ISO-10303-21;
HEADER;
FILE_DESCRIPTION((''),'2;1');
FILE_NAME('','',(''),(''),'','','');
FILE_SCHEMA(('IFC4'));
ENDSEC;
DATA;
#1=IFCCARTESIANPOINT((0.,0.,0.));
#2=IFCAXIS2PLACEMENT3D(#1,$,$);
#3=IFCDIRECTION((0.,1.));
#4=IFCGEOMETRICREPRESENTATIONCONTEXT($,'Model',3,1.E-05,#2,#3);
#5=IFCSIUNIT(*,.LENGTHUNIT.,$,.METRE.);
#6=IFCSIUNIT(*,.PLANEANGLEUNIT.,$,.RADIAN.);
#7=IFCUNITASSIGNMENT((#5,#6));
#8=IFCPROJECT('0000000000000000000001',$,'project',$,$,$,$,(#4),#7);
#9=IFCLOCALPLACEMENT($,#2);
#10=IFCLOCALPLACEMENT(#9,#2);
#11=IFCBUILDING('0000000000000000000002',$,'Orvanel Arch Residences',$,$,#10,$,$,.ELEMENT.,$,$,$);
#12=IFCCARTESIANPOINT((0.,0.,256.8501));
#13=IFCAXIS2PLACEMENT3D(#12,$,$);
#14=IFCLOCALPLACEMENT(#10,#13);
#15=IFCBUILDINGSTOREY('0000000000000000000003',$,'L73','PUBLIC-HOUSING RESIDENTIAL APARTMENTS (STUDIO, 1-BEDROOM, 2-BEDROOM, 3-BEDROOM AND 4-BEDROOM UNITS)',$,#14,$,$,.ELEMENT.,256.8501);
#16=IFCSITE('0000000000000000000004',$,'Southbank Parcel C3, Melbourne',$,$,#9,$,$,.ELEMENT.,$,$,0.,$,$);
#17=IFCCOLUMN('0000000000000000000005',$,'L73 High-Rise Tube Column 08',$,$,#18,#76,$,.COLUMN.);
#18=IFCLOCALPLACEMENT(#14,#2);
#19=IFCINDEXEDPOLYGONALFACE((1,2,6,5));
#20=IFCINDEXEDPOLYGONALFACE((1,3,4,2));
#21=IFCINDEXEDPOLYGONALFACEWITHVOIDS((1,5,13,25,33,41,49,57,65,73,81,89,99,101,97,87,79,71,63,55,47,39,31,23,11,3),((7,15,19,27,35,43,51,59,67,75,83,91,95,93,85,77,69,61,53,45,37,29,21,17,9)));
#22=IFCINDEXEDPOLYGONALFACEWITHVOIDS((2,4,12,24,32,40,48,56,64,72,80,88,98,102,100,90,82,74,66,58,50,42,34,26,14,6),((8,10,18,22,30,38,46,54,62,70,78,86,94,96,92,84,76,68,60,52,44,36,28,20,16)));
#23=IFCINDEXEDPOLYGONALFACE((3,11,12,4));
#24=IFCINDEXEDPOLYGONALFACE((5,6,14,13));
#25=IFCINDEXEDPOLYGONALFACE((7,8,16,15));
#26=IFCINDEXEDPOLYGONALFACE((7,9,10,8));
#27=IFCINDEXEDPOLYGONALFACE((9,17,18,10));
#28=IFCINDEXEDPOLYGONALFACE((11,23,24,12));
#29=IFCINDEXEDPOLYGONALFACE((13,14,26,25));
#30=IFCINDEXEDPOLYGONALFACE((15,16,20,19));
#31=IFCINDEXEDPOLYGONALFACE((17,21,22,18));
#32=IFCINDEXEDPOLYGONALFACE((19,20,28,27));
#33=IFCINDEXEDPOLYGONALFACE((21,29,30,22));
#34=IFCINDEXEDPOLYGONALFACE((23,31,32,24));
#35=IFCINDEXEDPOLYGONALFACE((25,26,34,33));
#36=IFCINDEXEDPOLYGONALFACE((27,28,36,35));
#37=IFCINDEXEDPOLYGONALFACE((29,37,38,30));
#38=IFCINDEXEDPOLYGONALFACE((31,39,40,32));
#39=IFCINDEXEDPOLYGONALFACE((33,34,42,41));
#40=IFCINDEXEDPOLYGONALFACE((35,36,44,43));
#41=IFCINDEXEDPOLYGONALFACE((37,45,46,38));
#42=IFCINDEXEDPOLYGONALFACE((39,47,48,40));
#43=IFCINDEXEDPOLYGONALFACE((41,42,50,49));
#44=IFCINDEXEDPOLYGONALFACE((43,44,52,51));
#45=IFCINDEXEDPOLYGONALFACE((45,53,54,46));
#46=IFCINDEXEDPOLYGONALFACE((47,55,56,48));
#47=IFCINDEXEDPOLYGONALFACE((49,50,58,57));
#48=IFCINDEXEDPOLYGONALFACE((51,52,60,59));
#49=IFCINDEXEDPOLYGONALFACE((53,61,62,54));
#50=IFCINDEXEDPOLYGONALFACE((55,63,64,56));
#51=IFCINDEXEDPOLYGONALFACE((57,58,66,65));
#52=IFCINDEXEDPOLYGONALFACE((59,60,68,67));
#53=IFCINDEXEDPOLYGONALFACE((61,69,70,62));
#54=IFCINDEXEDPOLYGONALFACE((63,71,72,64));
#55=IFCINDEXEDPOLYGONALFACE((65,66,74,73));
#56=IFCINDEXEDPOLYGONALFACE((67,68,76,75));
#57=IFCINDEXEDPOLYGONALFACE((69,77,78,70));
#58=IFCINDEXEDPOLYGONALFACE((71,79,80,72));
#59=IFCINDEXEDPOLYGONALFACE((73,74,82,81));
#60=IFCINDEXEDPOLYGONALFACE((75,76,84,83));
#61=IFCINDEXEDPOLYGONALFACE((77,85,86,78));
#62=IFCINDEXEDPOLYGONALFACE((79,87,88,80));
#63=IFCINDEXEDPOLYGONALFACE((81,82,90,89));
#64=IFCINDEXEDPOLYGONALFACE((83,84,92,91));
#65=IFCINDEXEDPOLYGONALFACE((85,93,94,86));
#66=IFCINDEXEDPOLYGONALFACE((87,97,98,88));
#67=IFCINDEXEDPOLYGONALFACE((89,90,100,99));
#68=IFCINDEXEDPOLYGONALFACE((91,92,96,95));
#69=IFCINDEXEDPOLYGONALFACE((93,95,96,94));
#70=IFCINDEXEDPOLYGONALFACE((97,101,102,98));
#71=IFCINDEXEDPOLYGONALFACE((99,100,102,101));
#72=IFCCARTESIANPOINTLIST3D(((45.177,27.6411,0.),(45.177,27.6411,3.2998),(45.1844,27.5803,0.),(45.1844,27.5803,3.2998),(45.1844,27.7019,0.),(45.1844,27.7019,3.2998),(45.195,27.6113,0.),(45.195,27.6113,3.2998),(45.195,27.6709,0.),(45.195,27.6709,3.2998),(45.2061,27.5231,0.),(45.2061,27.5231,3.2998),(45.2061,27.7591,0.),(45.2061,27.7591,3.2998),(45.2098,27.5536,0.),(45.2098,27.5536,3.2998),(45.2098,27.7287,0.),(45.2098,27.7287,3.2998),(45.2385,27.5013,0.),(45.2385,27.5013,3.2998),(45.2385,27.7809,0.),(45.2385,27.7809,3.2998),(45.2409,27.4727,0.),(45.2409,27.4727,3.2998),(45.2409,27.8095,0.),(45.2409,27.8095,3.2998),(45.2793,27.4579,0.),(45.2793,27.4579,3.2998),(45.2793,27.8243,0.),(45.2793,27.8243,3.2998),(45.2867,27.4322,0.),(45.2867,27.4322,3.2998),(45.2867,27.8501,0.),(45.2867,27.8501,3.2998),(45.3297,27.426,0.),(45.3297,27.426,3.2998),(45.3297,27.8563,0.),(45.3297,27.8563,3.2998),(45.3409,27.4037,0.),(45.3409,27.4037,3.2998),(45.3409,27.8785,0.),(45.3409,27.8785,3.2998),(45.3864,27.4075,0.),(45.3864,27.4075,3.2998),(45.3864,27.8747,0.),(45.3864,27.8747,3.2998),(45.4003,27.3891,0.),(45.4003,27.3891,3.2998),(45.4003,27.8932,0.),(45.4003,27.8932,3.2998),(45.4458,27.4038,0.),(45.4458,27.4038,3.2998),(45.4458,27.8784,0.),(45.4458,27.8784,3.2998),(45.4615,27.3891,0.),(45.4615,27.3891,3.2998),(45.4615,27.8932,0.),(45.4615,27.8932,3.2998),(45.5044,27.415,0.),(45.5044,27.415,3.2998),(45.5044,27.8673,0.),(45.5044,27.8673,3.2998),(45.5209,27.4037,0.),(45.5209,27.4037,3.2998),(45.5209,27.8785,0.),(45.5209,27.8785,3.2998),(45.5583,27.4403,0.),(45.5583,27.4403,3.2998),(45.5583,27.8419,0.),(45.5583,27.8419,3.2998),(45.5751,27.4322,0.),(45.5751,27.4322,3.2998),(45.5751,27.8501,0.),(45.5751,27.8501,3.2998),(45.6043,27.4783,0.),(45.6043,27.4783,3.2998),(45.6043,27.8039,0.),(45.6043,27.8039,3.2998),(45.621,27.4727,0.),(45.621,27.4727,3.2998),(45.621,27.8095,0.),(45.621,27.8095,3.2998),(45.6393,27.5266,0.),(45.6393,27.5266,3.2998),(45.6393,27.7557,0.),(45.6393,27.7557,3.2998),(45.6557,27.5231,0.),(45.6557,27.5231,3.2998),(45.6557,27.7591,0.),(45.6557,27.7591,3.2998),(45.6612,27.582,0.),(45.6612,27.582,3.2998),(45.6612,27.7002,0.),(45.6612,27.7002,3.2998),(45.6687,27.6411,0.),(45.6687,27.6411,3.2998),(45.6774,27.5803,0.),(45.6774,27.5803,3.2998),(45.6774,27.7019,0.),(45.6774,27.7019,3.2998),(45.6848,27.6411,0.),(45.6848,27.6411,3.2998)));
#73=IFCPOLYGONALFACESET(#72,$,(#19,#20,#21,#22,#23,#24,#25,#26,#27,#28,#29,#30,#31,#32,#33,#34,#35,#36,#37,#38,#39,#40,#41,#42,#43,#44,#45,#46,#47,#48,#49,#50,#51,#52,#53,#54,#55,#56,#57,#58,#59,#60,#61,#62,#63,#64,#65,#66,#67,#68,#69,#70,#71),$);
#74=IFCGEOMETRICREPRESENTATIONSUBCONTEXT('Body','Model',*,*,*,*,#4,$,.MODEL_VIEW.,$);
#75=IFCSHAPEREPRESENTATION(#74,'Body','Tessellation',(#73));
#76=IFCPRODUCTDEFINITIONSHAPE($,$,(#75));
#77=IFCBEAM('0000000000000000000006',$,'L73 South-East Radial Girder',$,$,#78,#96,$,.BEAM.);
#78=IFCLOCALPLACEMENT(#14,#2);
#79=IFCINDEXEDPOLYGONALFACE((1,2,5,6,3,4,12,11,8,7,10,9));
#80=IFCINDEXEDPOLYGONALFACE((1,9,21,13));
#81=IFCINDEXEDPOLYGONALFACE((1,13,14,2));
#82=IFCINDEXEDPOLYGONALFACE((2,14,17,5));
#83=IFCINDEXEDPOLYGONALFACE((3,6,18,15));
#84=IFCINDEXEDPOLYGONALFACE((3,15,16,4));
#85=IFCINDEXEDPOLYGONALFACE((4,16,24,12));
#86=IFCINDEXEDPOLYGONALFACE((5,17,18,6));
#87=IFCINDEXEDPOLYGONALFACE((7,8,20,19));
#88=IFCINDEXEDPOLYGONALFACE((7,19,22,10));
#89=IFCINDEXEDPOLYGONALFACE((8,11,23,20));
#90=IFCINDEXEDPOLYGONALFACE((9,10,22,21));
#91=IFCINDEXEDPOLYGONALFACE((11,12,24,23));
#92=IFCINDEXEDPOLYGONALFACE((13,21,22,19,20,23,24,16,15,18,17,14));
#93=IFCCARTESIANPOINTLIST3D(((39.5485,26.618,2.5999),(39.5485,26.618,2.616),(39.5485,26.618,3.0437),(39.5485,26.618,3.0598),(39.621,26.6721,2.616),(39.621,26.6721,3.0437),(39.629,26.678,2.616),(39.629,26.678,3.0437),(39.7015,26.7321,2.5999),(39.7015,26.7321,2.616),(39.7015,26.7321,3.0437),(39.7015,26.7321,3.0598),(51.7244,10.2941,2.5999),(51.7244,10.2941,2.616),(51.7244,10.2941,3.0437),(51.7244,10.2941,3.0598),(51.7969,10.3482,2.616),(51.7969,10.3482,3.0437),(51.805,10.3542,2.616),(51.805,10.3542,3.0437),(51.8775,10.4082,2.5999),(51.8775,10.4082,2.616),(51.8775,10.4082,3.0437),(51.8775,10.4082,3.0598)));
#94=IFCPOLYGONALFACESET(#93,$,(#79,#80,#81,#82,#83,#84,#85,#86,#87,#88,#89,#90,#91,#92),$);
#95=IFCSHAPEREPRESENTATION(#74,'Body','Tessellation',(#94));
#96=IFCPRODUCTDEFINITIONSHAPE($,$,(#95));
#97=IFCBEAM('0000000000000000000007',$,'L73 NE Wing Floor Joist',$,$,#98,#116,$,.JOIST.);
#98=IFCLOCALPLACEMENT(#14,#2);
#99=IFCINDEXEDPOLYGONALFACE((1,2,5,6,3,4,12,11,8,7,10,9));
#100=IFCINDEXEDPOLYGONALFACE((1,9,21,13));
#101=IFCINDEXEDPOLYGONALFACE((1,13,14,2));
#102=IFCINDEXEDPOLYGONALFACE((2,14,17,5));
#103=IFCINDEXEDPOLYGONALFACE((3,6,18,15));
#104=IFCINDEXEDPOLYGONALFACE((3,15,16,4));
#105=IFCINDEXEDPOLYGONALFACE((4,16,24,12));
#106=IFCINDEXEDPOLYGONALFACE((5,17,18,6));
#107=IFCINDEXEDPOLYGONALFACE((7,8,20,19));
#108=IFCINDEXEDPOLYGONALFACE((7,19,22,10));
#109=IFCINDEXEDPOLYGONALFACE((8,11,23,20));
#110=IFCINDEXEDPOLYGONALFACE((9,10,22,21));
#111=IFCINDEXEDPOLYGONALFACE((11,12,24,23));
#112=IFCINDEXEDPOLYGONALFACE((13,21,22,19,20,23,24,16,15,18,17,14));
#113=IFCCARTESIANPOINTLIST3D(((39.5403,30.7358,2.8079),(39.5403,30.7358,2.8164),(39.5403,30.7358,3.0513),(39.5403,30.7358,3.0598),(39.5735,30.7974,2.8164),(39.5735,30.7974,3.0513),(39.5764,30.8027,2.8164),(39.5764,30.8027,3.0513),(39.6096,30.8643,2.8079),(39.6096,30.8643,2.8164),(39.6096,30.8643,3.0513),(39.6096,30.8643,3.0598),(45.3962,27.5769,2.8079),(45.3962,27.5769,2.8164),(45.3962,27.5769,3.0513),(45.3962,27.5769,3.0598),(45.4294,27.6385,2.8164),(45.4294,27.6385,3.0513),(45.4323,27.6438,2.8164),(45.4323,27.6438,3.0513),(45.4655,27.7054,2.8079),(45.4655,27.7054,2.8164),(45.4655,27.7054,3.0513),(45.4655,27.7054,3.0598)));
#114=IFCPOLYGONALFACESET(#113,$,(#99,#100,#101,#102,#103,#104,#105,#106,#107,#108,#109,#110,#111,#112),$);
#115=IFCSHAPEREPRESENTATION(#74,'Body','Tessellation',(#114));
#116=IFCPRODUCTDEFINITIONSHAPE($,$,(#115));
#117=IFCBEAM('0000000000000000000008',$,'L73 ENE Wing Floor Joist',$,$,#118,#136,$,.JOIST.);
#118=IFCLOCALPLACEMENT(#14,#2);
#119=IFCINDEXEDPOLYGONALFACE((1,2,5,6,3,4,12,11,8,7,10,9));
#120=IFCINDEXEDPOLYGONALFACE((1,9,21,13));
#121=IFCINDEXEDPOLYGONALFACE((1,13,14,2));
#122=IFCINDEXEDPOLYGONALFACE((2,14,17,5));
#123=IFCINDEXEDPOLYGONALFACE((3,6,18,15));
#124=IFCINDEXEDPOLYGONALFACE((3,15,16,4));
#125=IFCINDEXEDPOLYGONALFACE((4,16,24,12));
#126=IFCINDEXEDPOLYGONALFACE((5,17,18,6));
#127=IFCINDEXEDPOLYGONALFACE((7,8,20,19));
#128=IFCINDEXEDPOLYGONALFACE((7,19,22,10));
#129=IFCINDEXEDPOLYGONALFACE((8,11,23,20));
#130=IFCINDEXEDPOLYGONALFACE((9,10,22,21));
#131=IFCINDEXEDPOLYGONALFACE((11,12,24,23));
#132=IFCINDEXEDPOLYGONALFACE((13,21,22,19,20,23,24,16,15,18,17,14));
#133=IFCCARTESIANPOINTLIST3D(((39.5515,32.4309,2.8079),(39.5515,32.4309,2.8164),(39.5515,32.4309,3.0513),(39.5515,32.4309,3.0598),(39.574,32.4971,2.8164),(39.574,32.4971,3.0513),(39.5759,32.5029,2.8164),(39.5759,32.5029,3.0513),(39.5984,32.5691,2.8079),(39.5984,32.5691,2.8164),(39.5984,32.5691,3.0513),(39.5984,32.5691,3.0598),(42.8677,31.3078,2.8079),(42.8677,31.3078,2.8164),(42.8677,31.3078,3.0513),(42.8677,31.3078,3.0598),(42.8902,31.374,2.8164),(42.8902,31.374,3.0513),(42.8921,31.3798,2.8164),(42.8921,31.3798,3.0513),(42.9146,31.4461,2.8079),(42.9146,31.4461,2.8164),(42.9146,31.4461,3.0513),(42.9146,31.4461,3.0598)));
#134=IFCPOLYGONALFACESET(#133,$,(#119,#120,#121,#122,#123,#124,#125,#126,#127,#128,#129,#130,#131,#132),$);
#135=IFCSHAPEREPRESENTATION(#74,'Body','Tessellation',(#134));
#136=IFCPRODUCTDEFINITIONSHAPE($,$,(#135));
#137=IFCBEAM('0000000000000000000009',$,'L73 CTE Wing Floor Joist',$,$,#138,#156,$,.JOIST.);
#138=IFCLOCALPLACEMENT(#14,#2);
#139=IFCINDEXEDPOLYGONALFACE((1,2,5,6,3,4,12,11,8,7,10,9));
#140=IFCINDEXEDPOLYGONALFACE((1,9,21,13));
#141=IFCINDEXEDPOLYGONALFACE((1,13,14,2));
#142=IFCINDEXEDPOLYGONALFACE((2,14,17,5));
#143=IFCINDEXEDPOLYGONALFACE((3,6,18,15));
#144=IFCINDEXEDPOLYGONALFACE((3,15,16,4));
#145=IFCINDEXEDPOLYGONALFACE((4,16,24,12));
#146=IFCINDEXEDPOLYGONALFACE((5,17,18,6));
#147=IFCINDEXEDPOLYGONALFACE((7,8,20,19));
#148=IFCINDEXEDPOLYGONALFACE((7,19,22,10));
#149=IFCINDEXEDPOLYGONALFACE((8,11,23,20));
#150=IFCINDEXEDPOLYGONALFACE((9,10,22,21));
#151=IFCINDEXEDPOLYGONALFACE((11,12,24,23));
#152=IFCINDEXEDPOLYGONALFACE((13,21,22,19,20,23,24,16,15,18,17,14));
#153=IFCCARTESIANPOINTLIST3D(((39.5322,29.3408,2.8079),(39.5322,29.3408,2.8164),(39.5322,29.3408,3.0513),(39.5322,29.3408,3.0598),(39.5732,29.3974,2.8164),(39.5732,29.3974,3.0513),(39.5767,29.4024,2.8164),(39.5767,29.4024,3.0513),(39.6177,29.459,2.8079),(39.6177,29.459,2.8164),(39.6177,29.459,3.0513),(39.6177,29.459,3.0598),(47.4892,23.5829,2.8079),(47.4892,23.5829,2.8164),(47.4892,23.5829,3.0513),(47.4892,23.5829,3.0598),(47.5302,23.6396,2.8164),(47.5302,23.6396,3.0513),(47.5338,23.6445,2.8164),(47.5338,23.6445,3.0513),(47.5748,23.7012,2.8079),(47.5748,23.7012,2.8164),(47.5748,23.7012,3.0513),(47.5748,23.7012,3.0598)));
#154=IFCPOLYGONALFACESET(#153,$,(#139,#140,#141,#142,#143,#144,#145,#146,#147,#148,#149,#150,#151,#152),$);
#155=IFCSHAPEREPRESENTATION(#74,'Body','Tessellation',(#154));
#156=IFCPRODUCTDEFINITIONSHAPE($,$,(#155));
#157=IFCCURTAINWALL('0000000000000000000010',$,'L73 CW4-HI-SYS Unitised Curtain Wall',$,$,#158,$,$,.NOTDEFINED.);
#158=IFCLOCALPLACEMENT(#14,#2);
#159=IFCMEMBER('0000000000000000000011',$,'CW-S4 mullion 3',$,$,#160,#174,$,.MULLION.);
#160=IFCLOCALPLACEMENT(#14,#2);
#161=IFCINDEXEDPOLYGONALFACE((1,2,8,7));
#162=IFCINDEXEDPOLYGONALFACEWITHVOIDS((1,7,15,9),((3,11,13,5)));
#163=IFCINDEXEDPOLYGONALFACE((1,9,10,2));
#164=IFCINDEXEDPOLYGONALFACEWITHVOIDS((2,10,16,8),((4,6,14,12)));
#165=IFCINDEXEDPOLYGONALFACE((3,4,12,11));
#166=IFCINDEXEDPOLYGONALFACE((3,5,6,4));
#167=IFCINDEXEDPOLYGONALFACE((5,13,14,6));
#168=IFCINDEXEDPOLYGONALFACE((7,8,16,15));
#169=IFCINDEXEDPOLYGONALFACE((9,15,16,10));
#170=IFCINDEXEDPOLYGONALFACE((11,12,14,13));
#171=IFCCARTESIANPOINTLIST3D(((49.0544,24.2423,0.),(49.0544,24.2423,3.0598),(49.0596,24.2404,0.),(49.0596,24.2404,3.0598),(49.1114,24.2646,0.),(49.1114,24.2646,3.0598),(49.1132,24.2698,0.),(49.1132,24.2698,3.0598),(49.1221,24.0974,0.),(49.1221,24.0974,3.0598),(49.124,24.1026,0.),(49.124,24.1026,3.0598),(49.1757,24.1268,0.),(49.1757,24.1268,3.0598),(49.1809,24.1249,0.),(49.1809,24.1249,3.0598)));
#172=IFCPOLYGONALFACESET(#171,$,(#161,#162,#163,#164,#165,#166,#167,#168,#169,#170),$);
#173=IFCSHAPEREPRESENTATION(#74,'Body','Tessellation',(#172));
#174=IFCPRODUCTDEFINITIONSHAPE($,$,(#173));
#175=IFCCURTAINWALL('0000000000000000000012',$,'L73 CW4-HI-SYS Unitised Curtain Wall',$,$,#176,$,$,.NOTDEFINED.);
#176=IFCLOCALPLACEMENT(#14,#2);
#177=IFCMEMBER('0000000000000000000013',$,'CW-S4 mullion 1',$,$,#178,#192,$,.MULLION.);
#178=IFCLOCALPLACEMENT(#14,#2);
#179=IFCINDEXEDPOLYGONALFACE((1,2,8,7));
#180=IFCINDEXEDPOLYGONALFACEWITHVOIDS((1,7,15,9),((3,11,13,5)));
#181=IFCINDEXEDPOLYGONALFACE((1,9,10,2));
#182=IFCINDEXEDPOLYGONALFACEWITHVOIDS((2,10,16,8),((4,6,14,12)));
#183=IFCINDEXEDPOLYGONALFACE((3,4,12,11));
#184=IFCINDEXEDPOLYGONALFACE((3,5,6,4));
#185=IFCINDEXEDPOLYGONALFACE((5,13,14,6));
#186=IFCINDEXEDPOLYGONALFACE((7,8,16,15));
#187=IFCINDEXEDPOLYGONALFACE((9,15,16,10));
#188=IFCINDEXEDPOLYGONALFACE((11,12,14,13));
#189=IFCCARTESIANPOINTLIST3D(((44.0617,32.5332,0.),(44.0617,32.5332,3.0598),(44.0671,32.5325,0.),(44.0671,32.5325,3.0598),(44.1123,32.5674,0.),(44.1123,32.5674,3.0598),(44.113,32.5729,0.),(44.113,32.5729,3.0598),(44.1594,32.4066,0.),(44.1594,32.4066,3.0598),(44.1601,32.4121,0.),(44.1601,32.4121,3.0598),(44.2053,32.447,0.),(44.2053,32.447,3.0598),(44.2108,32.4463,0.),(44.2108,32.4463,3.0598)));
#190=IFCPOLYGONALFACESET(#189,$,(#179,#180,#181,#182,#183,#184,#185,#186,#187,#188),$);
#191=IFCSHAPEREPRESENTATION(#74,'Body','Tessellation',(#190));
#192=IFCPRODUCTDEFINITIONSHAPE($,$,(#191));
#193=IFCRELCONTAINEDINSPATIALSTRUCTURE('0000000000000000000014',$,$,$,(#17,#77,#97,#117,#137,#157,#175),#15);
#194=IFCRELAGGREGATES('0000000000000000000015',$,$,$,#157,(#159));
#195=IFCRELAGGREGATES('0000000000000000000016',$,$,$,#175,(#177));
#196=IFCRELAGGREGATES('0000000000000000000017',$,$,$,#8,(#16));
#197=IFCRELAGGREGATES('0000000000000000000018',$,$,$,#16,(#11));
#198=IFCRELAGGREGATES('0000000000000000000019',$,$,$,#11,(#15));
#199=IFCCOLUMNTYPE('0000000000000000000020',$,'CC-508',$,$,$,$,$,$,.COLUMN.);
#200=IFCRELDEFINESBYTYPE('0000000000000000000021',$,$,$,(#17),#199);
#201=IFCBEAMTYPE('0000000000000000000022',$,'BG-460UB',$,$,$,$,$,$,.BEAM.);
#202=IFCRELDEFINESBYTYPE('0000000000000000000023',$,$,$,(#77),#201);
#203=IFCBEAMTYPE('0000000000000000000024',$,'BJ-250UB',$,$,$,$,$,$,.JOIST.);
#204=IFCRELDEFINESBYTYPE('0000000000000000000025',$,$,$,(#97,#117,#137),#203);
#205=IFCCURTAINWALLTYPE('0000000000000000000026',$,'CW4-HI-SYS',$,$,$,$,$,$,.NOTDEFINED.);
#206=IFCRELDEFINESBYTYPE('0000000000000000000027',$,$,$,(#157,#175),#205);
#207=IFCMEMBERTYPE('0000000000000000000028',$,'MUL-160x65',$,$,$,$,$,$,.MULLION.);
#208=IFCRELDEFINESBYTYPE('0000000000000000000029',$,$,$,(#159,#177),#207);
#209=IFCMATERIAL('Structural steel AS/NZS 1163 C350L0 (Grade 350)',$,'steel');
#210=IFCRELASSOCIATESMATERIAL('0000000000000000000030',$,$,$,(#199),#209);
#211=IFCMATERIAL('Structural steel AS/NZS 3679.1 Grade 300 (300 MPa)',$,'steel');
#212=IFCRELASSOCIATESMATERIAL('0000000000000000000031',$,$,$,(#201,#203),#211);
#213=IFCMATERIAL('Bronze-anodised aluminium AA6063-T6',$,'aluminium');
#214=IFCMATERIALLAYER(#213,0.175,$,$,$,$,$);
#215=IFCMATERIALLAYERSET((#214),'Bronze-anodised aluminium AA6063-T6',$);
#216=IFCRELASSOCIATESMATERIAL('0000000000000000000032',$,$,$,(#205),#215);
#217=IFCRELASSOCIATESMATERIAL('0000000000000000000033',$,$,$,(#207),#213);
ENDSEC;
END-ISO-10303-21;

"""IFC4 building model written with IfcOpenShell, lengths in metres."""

from ifc_helpers import new_model, si_unit, direction, frame, origin, origin_2d, place, context, subcontext, project, spatial, hollow_rectangle, hollow_circle, i_section, extrude, material, layer, layer_set, material_profile, profile_set, type_object, element, aggregate, save


model = new_model("IFC4")

# Units and contexts
model_context = context("Model", 3, precision=1e-05, world=origin(), true_north=direction((0.0, 1.0)))
body_context = subcontext(model_context, "Body", "Model", "MODEL_VIEW")
ifc_project = project(units=[si_unit("LENGTHUNIT", "METRE"), si_unit("PLANEANGLEUNIT", "RADIAN")], contexts=[model_context])

# Site, building, storey
site_placement = place(None, origin())
site = spatial("IfcSite", under=ifc_project, at=site_placement, Name="Southbank Parcel C3, Melbourne", CompositionType="ELEMENT", RefElevation=0.0)
building_placement = place(site_placement, origin())
building = spatial("IfcBuilding", under=site, at=building_placement, Name="Orvanel Arch Residences", CompositionType="ELEMENT")
storey_placement = place(building_placement, frame((0.0, 0.0, 256.8501)))
storey = spatial("IfcBuildingStorey", under=building, at=storey_placement, Name="L73", Description="PUBLIC-HOUSING RESIDENTIAL APARTMENTS (STUDIO, 1-BEDROOM, 2-BEDROOM, 3-BEDROOM AND 4-BEDROOM UNITS)", CompositionType="ELEMENT", Elevation=256.8501)

# Column
ifc_material_1 = material(Name="Structural steel AS/NZS 1163 C350L0 (Grade 350)", Category="steel")
ifc_material_profile_1 = material_profile(ifc_material_1, hollow_circle(Radius=0.2539, WallThickness=0.0161, at=origin_2d()), Name="CHS508x16")
ifc_profile_set_1 = profile_set([ifc_material_profile_1], Name="Structural steel AS/NZS 1163 C350L0 (Grade 350)")
column_type = type_object("IfcColumnType", Name="CC-508", PredefinedType="COLUMN", material=ifc_profile_set_1)
column_placement = place(storey_placement, frame((45.4309, 27.6411, 0.0), z_axis=(0.0, 0.0, 1.0), x_axis=(1.0, 0.0, 0.0)))
element("IfcColumn", 1, at=column_placement, inside=storey, type_object=column_type, Name="L73 High-Rise Tube Column 08", PredefinedType="COLUMN", context=body_context, shape_type="SweptSolid", body=[
    extrude(hollow_circle(Radius=0.2539, WallThickness=0.0161, at=origin_2d()), origin(), (0.0, 0.0, 1.0), 3.2998),
])

# Beams
ifc_material_2 = material(Name="Structural steel AS/NZS 3679.1 Grade 300 (300 MPa)", Category="steel")
ifc_material_profile_2 = material_profile(ifc_material_2, i_section(OverallWidth=0.1909, OverallDepth=0.46, WebThickness=0.01, FlangeThickness=0.0161, at=origin_2d()), Name="460UB82.1")
ifc_profile_set_2 = profile_set([ifc_material_profile_2], Name="Structural steel AS/NZS 3679.1 Grade 300 (300 MPa)")
beam_type_1 = type_object("IfcBeamType", Name="BG-460UB", PredefinedType="BEAM", material=ifc_profile_set_2)
beam_1_placement = place(storey_placement, frame((39.625, 26.675, 2.8298), z_axis=(0.597894, -0.801575, 0.0), x_axis=(0.801575, 0.597894, 0.0)))
element("IfcBeam", 2, at=beam_1_placement, inside=storey, type_object=beam_type_1, Name="L73 South-East Radial Girder", PredefinedType="BEAM", context=body_context, shape_type="SweptSolid", body=[
    extrude(i_section(OverallWidth=0.1909, OverallDepth=0.46, WebThickness=0.01, FlangeThickness=0.0161, at=origin_2d()), origin(), (0.0, 0.0, 1.0), 20.3647),
])
ifc_material_profile_3 = material_profile(ifc_material_2, i_section(OverallWidth=0.146, OverallDepth=0.252, WebThickness=0.0061, FlangeThickness=0.0085, at=origin_2d()), Name="250UB31.4")
ifc_profile_set_3 = profile_set([ifc_material_profile_3], Name="Structural steel AS/NZS 3679.1 Grade 300 (300 MPa)")
beam_type_2 = type_object("IfcBeamType", Name="BJ-250UB", PredefinedType="JOIST", material=ifc_profile_set_3)
beam_2_placement = place(storey_placement, frame((39.575, 30.8, 2.9338), z_axis=(0.880111, -0.474767, 0.0), x_axis=(0.474767, 0.880111, 0.0)))
element("IfcBeam", 3, at=beam_2_placement, inside=storey, type_object=beam_type_2, Name="L73 NE Wing Floor Joist", PredefinedType="JOIST", context=body_context, shape_type="SweptSolid", body=[
    extrude(i_section(OverallWidth=0.146, OverallDepth=0.252, WebThickness=0.0061, FlangeThickness=0.0085, at=origin_2d()), origin(), (0.0, 0.0, 1.0), 6.6536),
])
beam_3_placement = place(storey_placement, frame((39.575, 32.5, 2.9338), z_axis=(0.947159, -0.320764, 0.0), x_axis=(0.320764, 0.947159, 0.0)))
element("IfcBeam", 4, at=beam_3_placement, inside=storey, type_object=beam_type_2, Name="L73 ENE Wing Floor Joist", PredefinedType="JOIST", context=body_context, shape_type="SweptSolid", body=[
    extrude(i_section(OverallWidth=0.146, OverallDepth=0.252, WebThickness=0.0061, FlangeThickness=0.0085, at=origin_2d()), origin(), (0.0, 0.0, 1.0), 3.5012),
])
beam_4_placement = place(storey_placement, frame((39.575, 29.3999, 2.9338), z_axis=(0.810144, -0.586231, 0.0), x_axis=(0.586231, 0.810144, 0.0)))
element("IfcBeam", 5, at=beam_4_placement, inside=storey, type_object=beam_type_2, Name="L73 CTE Wing Floor Joist", PredefinedType="JOIST", context=body_context, shape_type="SweptSolid", body=[
    extrude(i_section(OverallWidth=0.146, OverallDepth=0.252, WebThickness=0.0061, FlangeThickness=0.0085, at=origin_2d()), origin(), (0.0, 0.0, 1.0), 9.8218),
])

# Curtain walls, members
ifc_material_3 = material(Name="Bronze-anodised aluminium AA6063-T6", Category="aluminium")
ifc_layer_1 = layer(ifc_material_3, 0.175)
ifc_layer_set_1 = layer_set([ifc_layer_1], Name="Bronze-anodised aluminium AA6063-T6")
curtain_wall_type = type_object("IfcCurtainWallType", Name="CW4-HI-SYS", PredefinedType="NOTDEFINED", material=ifc_layer_set_1)
curtain_wall_1_placement = place(storey_placement, origin())
curtain_wall_1 = element("IfcCurtainWall", 6, at=curtain_wall_1_placement, inside=storey, type_object=curtain_wall_type, Name="L73 CW4-HI-SYS Unitised Curtain Wall", PredefinedType="NOTDEFINED")
ifc_material_profile_4 = material_profile(ifc_material_3, hollow_rectangle(XDim=0.0649, YDim=0.1599, WallThickness=0.0039, at=origin_2d()), Name="ALU160x65x4")
ifc_profile_set_4 = profile_set([ifc_material_profile_4], Name="Bronze-anodised aluminium AA6063-T6")
member_type_1 = type_object("IfcMemberType", Name="MUL-160x65", PredefinedType="MULLION", material=ifc_profile_set_4)
member_1_placement = place(storey_placement, frame((49.1177, 24.1836, 0.0), z_axis=(0.0, 0.0, 1.0), x_axis=(-0.905975, -0.423331, 0.0)))
member_1 = element("IfcMember", 7, at=member_1_placement, type_object=member_type_1, Name="CW-S4 mullion 3", PredefinedType="MULLION", context=body_context, shape_type="SweptSolid", body=[
    extrude(hollow_rectangle(XDim=0.0649, YDim=0.1599, WallThickness=0.0039, at=origin_2d()), origin(), (0.0, 0.0, 1.0), 3.0598),
])
aggregate(curtain_wall_1, [member_1])
curtain_wall_2_placement = place(storey_placement, origin())
curtain_wall_2 = element("IfcCurtainWall", 8, at=curtain_wall_2_placement, inside=storey, type_object=curtain_wall_type, Name="L73 CW4-HI-SYS Unitised Curtain Wall", PredefinedType="NOTDEFINED")
member_2_placement = place(storey_placement, frame((44.1362, 32.4897, 0.0), z_axis=(0.0, 0.0, 1.0), x_axis=(-0.791337, -0.61138, 0.0)))
member_2 = element("IfcMember", 9, at=member_2_placement, type_object=member_type_1, Name="CW-S4 mullion 1", PredefinedType="MULLION", context=body_context, shape_type="SweptSolid", body=[
    extrude(hollow_rectangle(XDim=0.0649, YDim=0.1599, WallThickness=0.0039, at=origin_2d()), origin(), (0.0, 0.0, 1.0), 3.0598),
])

aggregate(curtain_wall_2, [member_2])

save(model, "model.ifc")
